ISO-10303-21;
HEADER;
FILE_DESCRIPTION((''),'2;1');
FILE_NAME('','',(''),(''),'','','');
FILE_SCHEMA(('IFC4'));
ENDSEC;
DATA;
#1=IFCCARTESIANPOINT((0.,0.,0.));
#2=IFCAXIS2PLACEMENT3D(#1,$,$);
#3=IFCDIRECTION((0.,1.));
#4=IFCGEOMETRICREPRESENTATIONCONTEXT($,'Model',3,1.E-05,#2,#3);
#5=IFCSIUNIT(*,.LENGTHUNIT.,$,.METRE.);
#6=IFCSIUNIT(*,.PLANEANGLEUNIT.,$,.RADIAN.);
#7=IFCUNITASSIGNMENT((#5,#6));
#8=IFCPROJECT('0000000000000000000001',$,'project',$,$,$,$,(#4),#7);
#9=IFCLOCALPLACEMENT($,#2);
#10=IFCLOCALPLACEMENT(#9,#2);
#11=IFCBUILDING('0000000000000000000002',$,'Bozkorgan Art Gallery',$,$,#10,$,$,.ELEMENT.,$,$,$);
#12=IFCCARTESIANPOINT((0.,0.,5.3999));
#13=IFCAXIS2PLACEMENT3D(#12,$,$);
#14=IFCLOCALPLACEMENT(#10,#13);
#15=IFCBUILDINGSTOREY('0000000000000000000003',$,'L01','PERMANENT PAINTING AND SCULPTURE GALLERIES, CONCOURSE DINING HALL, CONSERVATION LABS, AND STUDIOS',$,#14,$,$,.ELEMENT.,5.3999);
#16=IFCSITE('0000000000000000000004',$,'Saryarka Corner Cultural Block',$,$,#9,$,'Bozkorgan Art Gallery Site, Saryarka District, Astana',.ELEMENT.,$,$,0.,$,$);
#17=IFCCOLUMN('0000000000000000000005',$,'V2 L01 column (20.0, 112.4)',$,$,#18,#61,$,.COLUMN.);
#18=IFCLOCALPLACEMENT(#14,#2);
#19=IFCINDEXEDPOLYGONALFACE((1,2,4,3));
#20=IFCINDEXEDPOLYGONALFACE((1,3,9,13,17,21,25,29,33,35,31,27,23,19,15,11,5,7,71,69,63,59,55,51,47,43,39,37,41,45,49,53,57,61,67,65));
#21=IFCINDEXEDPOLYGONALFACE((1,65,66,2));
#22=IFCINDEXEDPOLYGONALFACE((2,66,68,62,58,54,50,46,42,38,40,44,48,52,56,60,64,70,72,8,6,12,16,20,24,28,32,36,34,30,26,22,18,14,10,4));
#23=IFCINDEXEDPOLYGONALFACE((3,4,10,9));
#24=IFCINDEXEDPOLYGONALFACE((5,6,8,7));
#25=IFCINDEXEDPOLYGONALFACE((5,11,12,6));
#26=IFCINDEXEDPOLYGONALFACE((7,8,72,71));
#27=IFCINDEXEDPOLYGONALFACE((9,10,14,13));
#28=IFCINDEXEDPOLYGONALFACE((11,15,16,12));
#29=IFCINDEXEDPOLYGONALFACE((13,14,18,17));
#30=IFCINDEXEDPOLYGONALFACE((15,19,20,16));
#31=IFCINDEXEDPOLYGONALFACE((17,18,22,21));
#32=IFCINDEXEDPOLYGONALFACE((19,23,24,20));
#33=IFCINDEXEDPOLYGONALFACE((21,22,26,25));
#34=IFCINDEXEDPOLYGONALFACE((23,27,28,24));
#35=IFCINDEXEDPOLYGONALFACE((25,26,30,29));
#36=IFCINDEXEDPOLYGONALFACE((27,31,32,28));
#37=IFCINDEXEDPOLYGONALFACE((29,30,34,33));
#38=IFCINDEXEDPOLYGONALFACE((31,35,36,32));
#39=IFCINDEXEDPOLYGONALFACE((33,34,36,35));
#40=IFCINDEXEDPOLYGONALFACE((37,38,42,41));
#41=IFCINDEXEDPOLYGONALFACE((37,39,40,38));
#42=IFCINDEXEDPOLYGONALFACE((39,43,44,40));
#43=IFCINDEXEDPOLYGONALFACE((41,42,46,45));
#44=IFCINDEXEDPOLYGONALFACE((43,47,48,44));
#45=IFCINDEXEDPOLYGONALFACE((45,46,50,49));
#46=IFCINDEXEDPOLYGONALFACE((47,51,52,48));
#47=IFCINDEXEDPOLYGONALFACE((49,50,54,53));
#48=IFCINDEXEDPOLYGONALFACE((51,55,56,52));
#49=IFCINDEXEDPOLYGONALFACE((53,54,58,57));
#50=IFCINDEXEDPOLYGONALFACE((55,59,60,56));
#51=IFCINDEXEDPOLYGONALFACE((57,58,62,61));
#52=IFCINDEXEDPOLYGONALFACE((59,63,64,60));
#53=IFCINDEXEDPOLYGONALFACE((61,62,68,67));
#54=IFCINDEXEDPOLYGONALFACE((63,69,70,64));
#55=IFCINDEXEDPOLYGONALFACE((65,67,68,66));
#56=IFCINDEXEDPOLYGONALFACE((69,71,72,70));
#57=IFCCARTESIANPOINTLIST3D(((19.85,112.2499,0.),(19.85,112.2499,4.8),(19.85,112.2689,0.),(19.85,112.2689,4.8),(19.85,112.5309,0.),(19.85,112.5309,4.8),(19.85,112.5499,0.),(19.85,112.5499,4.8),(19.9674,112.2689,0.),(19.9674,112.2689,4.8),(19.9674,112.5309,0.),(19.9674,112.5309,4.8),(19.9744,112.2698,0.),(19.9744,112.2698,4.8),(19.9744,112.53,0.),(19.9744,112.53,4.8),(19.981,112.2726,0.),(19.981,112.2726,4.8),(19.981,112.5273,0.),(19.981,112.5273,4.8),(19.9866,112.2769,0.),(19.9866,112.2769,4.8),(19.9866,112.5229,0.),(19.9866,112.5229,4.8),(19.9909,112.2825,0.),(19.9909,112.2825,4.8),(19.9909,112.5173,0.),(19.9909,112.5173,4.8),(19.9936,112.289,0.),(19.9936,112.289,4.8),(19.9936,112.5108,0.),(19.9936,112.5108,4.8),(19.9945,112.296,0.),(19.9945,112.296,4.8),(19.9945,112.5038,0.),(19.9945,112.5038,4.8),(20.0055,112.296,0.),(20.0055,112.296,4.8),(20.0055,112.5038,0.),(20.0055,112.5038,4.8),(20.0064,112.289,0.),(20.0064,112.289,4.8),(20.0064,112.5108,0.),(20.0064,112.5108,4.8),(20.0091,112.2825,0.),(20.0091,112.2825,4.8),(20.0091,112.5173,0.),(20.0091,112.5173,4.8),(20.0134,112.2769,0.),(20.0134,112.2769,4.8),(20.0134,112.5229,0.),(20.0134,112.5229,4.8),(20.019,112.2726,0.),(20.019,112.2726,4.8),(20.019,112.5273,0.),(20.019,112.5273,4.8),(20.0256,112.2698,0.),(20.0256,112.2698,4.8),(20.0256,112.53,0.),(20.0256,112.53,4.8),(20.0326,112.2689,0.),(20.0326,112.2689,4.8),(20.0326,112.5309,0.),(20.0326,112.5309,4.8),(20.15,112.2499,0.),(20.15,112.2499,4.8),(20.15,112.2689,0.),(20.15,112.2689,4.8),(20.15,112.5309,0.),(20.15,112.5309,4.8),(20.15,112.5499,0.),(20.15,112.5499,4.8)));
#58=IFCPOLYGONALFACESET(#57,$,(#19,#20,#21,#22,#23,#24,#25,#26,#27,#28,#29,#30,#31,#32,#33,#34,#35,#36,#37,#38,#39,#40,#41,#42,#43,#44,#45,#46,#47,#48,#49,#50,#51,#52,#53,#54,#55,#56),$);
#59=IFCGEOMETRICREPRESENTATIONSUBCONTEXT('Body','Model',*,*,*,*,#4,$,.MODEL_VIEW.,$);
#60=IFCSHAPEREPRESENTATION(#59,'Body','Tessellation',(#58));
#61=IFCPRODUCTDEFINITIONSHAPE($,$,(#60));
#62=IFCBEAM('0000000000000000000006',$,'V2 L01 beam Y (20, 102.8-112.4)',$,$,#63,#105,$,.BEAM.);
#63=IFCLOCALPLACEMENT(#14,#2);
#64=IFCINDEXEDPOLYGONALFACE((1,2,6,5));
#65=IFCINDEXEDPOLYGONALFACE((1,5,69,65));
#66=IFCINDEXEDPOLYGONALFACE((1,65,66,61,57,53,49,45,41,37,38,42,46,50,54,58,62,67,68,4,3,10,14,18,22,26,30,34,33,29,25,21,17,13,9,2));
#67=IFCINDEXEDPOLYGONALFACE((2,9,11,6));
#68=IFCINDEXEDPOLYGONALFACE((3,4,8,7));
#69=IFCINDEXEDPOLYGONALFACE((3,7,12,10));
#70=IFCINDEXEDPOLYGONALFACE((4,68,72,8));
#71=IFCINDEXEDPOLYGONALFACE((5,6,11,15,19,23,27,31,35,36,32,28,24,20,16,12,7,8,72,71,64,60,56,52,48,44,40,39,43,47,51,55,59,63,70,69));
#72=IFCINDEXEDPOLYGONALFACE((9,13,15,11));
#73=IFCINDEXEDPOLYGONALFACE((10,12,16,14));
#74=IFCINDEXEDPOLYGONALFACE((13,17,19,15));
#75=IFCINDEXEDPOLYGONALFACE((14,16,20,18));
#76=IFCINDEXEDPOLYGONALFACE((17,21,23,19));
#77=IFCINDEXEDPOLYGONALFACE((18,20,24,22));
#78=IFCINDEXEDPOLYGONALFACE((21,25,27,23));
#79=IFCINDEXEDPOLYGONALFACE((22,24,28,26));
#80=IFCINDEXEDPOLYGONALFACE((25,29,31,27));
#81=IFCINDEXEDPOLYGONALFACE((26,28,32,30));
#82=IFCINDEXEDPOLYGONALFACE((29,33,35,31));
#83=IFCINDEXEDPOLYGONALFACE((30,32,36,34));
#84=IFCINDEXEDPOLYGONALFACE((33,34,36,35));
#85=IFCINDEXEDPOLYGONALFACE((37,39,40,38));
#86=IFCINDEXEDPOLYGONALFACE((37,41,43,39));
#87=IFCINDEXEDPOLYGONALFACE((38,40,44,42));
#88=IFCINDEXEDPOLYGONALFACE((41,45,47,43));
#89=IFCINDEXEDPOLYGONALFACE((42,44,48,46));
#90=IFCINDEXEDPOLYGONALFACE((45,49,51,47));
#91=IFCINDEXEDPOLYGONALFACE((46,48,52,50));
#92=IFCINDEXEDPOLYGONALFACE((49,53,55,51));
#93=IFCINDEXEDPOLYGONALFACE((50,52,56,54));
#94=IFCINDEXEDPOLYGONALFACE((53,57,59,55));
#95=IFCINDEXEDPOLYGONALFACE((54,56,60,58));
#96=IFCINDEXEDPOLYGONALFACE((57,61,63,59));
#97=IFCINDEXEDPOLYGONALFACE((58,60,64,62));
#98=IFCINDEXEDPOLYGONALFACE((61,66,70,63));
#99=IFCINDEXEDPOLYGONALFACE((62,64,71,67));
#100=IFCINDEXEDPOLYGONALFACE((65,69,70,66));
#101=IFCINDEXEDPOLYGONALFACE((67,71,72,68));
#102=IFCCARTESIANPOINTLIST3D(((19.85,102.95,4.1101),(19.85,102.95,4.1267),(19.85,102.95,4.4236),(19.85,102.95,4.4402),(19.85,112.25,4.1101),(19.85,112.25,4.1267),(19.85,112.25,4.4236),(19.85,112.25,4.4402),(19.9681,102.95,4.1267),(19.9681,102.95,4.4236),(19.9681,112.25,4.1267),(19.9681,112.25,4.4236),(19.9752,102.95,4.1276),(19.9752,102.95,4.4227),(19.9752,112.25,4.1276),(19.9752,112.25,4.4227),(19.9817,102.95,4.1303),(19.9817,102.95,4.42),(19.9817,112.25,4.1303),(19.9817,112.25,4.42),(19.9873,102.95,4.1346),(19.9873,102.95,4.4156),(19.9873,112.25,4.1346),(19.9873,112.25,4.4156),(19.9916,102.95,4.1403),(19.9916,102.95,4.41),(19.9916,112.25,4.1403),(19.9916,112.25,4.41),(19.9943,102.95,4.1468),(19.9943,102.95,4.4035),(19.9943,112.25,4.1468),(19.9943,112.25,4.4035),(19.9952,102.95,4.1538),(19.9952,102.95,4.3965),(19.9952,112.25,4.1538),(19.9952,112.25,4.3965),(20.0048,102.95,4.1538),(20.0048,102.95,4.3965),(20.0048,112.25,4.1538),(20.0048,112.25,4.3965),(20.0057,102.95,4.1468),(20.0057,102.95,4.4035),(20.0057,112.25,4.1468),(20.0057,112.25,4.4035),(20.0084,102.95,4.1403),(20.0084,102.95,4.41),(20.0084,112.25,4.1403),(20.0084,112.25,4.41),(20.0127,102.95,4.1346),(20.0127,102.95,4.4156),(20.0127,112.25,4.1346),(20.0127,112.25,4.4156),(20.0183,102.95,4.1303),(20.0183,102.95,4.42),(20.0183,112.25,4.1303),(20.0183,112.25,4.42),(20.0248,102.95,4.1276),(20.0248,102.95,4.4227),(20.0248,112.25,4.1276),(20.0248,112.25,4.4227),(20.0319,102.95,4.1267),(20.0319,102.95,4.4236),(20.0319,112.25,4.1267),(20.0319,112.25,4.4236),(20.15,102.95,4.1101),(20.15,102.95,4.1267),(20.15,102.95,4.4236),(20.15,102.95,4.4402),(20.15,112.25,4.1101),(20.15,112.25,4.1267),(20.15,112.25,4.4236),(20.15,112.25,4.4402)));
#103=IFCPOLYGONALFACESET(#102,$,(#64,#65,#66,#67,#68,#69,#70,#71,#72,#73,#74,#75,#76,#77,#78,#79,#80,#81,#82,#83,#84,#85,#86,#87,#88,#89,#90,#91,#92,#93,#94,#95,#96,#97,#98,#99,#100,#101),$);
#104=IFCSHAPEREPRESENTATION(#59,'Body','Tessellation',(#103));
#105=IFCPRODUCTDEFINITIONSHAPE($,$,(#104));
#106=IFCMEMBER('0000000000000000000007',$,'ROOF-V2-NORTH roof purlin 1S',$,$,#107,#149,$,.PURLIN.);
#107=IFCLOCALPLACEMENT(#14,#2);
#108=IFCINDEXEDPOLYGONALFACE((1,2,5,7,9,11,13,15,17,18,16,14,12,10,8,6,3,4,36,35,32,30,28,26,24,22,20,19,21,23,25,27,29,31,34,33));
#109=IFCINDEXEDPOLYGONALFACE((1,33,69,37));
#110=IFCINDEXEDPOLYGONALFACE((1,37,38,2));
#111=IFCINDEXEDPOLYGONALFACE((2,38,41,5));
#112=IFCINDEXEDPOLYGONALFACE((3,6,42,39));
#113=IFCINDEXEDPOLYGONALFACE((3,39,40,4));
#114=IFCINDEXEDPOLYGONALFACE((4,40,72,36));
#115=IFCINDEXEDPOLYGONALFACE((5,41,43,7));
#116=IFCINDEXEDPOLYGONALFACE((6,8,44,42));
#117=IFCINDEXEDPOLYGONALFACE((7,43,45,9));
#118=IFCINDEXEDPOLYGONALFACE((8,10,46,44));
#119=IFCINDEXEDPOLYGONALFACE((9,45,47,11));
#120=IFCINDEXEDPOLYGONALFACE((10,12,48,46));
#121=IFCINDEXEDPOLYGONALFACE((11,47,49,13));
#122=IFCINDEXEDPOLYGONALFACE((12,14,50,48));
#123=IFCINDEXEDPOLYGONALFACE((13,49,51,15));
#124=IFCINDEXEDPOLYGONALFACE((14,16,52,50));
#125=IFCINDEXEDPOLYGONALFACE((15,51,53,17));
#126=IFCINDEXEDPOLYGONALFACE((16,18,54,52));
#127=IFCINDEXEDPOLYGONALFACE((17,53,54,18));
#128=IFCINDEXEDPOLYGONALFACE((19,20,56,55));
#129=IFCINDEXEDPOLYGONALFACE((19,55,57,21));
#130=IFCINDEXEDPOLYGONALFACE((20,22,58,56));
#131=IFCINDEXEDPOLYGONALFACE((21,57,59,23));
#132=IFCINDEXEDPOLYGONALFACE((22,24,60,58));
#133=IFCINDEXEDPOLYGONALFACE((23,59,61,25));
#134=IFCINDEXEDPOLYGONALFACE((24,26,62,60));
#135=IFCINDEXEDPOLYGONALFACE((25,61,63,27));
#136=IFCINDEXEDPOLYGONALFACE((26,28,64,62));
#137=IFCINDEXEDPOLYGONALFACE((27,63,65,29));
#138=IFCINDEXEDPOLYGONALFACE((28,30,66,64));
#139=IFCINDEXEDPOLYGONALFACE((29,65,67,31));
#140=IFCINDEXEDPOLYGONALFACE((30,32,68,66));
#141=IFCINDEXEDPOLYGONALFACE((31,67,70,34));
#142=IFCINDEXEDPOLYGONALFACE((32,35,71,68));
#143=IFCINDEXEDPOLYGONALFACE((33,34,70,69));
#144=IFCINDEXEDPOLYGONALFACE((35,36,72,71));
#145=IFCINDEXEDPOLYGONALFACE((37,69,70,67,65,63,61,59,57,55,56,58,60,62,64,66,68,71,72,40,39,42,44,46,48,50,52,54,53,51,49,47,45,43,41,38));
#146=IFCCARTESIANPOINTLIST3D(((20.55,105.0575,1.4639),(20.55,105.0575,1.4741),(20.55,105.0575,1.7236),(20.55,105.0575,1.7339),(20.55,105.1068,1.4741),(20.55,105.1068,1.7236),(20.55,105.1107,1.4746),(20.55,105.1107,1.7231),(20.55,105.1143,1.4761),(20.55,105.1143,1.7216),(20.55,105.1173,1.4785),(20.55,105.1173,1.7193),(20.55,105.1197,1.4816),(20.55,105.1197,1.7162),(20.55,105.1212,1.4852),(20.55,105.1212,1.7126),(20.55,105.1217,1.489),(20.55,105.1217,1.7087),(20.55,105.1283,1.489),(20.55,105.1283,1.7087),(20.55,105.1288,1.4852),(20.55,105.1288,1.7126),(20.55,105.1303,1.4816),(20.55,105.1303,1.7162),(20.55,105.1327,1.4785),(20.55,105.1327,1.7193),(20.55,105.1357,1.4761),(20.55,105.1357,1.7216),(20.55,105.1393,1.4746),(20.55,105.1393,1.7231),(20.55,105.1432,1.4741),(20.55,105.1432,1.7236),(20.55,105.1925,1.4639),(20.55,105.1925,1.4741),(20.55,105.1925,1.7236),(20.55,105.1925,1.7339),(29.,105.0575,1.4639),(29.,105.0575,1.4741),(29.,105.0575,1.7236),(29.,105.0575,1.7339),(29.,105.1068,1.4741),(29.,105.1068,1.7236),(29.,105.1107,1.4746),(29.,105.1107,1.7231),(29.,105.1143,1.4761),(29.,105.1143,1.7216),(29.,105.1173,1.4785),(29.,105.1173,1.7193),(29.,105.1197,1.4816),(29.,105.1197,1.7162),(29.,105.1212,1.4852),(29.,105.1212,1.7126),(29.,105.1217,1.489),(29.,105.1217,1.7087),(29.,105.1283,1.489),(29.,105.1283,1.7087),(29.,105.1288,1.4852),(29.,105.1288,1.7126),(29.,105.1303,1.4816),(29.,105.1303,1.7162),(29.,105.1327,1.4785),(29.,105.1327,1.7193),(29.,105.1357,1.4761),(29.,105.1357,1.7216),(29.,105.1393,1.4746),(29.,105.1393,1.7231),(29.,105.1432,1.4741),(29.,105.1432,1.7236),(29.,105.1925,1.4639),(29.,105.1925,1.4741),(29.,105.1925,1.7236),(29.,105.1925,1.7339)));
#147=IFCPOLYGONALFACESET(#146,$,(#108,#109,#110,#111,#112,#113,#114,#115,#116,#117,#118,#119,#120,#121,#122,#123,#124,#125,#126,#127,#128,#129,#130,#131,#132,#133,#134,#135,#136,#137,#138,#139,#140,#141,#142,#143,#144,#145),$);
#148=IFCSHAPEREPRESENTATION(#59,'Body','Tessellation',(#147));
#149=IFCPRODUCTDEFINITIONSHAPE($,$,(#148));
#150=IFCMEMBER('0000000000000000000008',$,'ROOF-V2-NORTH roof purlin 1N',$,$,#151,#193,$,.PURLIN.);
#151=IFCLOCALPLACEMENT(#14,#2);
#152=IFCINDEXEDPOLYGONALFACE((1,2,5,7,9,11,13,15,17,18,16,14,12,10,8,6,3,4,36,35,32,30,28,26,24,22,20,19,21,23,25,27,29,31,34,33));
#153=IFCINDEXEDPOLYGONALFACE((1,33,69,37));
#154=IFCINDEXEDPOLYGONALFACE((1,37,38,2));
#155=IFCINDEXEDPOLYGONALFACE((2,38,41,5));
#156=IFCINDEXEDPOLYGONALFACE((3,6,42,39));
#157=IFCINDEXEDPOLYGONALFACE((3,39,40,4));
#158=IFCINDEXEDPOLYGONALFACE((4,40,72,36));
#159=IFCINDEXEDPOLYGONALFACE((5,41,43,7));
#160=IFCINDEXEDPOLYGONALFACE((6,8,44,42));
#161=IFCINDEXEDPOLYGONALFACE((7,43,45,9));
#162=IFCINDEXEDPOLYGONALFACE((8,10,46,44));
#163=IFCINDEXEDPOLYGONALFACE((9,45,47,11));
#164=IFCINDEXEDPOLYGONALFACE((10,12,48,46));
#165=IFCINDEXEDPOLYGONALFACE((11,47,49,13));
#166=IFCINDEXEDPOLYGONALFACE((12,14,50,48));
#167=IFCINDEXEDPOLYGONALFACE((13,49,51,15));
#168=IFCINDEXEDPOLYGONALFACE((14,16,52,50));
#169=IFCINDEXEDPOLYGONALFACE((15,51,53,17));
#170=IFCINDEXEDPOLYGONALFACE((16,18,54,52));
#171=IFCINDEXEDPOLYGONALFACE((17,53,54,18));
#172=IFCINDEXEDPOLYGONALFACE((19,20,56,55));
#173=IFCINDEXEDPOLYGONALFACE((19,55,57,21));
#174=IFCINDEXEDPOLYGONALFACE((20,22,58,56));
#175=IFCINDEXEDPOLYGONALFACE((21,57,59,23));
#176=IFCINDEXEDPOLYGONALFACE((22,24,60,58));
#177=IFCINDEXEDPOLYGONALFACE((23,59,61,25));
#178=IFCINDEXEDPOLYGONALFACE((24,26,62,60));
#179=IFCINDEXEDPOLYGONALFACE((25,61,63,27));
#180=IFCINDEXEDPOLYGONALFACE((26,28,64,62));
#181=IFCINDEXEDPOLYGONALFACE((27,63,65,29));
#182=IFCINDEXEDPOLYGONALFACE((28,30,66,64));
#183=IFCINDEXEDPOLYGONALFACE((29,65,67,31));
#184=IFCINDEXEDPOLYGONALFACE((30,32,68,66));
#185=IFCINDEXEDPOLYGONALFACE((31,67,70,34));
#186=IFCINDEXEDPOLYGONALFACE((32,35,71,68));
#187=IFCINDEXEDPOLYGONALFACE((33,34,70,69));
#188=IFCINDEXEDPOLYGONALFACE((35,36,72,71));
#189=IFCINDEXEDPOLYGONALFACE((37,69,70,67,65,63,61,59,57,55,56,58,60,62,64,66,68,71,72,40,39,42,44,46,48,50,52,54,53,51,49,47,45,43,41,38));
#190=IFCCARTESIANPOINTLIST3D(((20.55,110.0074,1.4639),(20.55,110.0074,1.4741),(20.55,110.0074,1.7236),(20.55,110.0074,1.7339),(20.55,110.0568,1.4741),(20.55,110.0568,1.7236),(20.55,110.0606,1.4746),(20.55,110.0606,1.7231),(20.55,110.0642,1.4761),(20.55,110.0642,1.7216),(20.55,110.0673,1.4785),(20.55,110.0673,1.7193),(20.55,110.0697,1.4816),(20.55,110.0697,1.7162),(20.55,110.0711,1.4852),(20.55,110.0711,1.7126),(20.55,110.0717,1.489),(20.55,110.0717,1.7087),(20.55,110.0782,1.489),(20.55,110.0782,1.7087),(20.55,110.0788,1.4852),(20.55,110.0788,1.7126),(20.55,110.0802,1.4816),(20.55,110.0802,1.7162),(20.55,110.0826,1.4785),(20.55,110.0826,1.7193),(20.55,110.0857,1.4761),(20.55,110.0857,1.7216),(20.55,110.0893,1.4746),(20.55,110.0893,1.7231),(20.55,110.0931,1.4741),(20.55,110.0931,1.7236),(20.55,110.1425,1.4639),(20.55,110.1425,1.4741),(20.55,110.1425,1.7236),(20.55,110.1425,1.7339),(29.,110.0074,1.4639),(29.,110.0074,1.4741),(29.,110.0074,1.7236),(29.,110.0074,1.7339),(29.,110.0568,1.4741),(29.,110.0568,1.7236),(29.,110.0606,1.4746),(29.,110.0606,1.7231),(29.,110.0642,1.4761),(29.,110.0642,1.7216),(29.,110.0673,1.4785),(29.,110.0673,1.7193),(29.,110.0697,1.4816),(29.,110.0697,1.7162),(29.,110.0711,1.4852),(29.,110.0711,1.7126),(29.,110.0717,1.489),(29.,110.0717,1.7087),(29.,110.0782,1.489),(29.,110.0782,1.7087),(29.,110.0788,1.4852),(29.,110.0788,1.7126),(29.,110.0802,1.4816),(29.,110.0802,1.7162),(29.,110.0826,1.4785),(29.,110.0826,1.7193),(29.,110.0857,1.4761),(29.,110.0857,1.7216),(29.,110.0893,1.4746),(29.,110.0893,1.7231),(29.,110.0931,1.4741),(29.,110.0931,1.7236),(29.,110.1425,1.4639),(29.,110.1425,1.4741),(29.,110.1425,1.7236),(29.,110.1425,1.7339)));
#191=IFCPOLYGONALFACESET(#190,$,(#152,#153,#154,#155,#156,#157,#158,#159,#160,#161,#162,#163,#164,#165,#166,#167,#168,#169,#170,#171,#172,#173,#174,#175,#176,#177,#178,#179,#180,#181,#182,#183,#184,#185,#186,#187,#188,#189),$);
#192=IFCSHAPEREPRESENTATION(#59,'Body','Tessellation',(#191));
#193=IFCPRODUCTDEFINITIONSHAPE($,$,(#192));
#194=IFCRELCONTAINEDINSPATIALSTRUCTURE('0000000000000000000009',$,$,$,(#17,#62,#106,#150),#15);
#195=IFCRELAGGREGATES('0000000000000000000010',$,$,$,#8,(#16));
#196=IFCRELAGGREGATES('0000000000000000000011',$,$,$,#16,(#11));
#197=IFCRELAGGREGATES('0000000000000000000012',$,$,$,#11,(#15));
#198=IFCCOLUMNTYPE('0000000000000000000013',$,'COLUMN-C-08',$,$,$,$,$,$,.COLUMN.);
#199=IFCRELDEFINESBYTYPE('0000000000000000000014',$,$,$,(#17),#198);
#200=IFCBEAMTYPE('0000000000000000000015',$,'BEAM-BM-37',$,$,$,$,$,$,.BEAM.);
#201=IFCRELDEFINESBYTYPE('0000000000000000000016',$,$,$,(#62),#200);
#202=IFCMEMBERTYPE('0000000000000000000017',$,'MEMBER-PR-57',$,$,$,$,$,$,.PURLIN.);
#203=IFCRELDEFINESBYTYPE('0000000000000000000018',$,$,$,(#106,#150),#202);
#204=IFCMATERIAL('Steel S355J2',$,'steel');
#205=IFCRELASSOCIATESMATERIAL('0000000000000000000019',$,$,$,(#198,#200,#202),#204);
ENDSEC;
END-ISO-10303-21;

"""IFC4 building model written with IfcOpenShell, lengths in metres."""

from ifc_helpers import new_model, si_unit, direction, frame, origin, origin_2d, place, context, subcontext, project, spatial, i_section, extrude, material, material_profile, profile_set, type_object, element, save


model = new_model("IFC4")

# Units and contexts
model_context = context("Model", 3, precision=1e-05, world=origin(), true_north=direction((0.0, 1.0)))
body_context = subcontext(model_context, "Body", "Model", "MODEL_VIEW")
ifc_project = project(units=[si_unit("LENGTHUNIT", "METRE"), si_unit("PLANEANGLEUNIT", "RADIAN")], contexts=[model_context])

# Site, building, storey
site_placement = place(None, origin())
site = spatial("IfcSite", under=ifc_project, at=site_placement, Name="Saryarka Corner Cultural Block", LongName="Bozkorgan Art Gallery Site, Saryarka District, Astana", CompositionType="ELEMENT", RefElevation=0.0)
building_placement = place(site_placement, origin())
building = spatial("IfcBuilding", under=site, at=building_placement, Name="Bozkorgan Art Gallery", CompositionType="ELEMENT")
storey_placement = place(building_placement, frame((0.0, 0.0, 5.3999)))
storey = spatial("IfcBuildingStorey", under=building, at=storey_placement, Name="L01", Description="PERMANENT PAINTING AND SCULPTURE GALLERIES, CONCOURSE DINING HALL, CONSERVATION LABS, AND STUDIOS", CompositionType="ELEMENT", Elevation=5.3999)

# Column
ifc_material_1 = material(Name="Steel S355J2", Category="steel")
ifc_material_profile_1 = material_profile(ifc_material_1, i_section(OverallWidth=0.3, OverallDepth=0.3, WebThickness=0.011, FlangeThickness=0.019, FilletRadius=0.0271, at=origin_2d()), Name="HEB 300")
ifc_profile_set_1 = profile_set([ifc_material_profile_1], Name="Steel S355J2")
column_type = type_object("IfcColumnType", Name="COLUMN-C-08", PredefinedType="COLUMN", material=ifc_profile_set_1)
column_placement = place(storey_placement, frame((20.0, 112.3999, 0.0), z_axis=(0.0, 0.0, 1.0), x_axis=(1.0, 0.0, 0.0)))
element("IfcColumn", 1, at=column_placement, inside=storey, type_object=column_type, Name="V2 L01 column (20.0, 112.4)", PredefinedType="COLUMN", context=body_context, shape_type="SweptSolid", body=[
    extrude(i_section(OverallWidth=0.3, OverallDepth=0.3, WebThickness=0.011, FlangeThickness=0.019, FilletRadius=0.0271, at=origin_2d()), origin(), (0.0, 0.0, 1.0), 4.8),
])

# Beam
ifc_material_profile_2 = material_profile(ifc_material_1, i_section(OverallWidth=0.3, OverallDepth=0.3301, WebThickness=0.0095, FlangeThickness=0.0166, FilletRadius=0.0271, at=origin_2d()), Name="HEA 340")
ifc_profile_set_2 = profile_set([ifc_material_profile_2], Name="Steel S355J2")
beam_type = type_object("IfcBeamType", Name="BEAM-BM-37", PredefinedType="BEAM", material=ifc_profile_set_2)
beam_placement = place(storey_placement, frame((20.0, 102.95, 4.2751), z_axis=(0.0, 1.0, 0.0), x_axis=(-1.0, 0.0, 0.0)))
element("IfcBeam", 2, at=beam_placement, inside=storey, type_object=beam_type, Name="V2 L01 beam Y (20, 102.8-112.4)", PredefinedType="BEAM", context=body_context, shape_type="SweptSolid", body=[
    extrude(i_section(OverallWidth=0.3, OverallDepth=0.3301, WebThickness=0.0095, FlangeThickness=0.0166, FilletRadius=0.0271, at=origin_2d()), origin(), (0.0, 0.0, 1.0), 9.3),
])

# Members
ifc_material_profile_3 = material_profile(ifc_material_1, i_section(OverallWidth=0.135, OverallDepth=0.27, WebThickness=0.0066, FlangeThickness=0.0103, FilletRadius=0.0149, at=origin_2d()), Name="IPE 270")
ifc_profile_set_3 = profile_set([ifc_material_profile_3], Name="Steel S355J2")
member_type_1 = type_object("IfcMemberType", Name="MEMBER-PR-57", PredefinedType="PURLIN", material=ifc_profile_set_3)
for number, where, z_axis, x_axis, name in (
    (3, (20.55, 105.125, 1.5989), (1.0, 0.0, 0.0), (0.0, 1.0, 0.0), "ROOF-V2-NORTH roof purlin 1S"),
    (4, (20.55, 110.075, 1.5989), (1.0, 0.0, 0.0), (0.0, 1.0, 0.0), "ROOF-V2-NORTH roof purlin 1N"),
):
    element("IfcMember", number, at=place(storey_placement, frame(where, z_axis=z_axis, x_axis=x_axis)), inside=storey, type_object=member_type_1, Name=name, PredefinedType="PURLIN", context=body_context, shape_type="SweptSolid", body=[
        extrude(i_section(OverallWidth=0.135, OverallDepth=0.27, WebThickness=0.0066, FlangeThickness=0.0103, FilletRadius=0.0149, at=origin_2d()), origin(), (0.0, 0.0, 1.0), 8.45),
    ])

save(model, "model.ifc")
